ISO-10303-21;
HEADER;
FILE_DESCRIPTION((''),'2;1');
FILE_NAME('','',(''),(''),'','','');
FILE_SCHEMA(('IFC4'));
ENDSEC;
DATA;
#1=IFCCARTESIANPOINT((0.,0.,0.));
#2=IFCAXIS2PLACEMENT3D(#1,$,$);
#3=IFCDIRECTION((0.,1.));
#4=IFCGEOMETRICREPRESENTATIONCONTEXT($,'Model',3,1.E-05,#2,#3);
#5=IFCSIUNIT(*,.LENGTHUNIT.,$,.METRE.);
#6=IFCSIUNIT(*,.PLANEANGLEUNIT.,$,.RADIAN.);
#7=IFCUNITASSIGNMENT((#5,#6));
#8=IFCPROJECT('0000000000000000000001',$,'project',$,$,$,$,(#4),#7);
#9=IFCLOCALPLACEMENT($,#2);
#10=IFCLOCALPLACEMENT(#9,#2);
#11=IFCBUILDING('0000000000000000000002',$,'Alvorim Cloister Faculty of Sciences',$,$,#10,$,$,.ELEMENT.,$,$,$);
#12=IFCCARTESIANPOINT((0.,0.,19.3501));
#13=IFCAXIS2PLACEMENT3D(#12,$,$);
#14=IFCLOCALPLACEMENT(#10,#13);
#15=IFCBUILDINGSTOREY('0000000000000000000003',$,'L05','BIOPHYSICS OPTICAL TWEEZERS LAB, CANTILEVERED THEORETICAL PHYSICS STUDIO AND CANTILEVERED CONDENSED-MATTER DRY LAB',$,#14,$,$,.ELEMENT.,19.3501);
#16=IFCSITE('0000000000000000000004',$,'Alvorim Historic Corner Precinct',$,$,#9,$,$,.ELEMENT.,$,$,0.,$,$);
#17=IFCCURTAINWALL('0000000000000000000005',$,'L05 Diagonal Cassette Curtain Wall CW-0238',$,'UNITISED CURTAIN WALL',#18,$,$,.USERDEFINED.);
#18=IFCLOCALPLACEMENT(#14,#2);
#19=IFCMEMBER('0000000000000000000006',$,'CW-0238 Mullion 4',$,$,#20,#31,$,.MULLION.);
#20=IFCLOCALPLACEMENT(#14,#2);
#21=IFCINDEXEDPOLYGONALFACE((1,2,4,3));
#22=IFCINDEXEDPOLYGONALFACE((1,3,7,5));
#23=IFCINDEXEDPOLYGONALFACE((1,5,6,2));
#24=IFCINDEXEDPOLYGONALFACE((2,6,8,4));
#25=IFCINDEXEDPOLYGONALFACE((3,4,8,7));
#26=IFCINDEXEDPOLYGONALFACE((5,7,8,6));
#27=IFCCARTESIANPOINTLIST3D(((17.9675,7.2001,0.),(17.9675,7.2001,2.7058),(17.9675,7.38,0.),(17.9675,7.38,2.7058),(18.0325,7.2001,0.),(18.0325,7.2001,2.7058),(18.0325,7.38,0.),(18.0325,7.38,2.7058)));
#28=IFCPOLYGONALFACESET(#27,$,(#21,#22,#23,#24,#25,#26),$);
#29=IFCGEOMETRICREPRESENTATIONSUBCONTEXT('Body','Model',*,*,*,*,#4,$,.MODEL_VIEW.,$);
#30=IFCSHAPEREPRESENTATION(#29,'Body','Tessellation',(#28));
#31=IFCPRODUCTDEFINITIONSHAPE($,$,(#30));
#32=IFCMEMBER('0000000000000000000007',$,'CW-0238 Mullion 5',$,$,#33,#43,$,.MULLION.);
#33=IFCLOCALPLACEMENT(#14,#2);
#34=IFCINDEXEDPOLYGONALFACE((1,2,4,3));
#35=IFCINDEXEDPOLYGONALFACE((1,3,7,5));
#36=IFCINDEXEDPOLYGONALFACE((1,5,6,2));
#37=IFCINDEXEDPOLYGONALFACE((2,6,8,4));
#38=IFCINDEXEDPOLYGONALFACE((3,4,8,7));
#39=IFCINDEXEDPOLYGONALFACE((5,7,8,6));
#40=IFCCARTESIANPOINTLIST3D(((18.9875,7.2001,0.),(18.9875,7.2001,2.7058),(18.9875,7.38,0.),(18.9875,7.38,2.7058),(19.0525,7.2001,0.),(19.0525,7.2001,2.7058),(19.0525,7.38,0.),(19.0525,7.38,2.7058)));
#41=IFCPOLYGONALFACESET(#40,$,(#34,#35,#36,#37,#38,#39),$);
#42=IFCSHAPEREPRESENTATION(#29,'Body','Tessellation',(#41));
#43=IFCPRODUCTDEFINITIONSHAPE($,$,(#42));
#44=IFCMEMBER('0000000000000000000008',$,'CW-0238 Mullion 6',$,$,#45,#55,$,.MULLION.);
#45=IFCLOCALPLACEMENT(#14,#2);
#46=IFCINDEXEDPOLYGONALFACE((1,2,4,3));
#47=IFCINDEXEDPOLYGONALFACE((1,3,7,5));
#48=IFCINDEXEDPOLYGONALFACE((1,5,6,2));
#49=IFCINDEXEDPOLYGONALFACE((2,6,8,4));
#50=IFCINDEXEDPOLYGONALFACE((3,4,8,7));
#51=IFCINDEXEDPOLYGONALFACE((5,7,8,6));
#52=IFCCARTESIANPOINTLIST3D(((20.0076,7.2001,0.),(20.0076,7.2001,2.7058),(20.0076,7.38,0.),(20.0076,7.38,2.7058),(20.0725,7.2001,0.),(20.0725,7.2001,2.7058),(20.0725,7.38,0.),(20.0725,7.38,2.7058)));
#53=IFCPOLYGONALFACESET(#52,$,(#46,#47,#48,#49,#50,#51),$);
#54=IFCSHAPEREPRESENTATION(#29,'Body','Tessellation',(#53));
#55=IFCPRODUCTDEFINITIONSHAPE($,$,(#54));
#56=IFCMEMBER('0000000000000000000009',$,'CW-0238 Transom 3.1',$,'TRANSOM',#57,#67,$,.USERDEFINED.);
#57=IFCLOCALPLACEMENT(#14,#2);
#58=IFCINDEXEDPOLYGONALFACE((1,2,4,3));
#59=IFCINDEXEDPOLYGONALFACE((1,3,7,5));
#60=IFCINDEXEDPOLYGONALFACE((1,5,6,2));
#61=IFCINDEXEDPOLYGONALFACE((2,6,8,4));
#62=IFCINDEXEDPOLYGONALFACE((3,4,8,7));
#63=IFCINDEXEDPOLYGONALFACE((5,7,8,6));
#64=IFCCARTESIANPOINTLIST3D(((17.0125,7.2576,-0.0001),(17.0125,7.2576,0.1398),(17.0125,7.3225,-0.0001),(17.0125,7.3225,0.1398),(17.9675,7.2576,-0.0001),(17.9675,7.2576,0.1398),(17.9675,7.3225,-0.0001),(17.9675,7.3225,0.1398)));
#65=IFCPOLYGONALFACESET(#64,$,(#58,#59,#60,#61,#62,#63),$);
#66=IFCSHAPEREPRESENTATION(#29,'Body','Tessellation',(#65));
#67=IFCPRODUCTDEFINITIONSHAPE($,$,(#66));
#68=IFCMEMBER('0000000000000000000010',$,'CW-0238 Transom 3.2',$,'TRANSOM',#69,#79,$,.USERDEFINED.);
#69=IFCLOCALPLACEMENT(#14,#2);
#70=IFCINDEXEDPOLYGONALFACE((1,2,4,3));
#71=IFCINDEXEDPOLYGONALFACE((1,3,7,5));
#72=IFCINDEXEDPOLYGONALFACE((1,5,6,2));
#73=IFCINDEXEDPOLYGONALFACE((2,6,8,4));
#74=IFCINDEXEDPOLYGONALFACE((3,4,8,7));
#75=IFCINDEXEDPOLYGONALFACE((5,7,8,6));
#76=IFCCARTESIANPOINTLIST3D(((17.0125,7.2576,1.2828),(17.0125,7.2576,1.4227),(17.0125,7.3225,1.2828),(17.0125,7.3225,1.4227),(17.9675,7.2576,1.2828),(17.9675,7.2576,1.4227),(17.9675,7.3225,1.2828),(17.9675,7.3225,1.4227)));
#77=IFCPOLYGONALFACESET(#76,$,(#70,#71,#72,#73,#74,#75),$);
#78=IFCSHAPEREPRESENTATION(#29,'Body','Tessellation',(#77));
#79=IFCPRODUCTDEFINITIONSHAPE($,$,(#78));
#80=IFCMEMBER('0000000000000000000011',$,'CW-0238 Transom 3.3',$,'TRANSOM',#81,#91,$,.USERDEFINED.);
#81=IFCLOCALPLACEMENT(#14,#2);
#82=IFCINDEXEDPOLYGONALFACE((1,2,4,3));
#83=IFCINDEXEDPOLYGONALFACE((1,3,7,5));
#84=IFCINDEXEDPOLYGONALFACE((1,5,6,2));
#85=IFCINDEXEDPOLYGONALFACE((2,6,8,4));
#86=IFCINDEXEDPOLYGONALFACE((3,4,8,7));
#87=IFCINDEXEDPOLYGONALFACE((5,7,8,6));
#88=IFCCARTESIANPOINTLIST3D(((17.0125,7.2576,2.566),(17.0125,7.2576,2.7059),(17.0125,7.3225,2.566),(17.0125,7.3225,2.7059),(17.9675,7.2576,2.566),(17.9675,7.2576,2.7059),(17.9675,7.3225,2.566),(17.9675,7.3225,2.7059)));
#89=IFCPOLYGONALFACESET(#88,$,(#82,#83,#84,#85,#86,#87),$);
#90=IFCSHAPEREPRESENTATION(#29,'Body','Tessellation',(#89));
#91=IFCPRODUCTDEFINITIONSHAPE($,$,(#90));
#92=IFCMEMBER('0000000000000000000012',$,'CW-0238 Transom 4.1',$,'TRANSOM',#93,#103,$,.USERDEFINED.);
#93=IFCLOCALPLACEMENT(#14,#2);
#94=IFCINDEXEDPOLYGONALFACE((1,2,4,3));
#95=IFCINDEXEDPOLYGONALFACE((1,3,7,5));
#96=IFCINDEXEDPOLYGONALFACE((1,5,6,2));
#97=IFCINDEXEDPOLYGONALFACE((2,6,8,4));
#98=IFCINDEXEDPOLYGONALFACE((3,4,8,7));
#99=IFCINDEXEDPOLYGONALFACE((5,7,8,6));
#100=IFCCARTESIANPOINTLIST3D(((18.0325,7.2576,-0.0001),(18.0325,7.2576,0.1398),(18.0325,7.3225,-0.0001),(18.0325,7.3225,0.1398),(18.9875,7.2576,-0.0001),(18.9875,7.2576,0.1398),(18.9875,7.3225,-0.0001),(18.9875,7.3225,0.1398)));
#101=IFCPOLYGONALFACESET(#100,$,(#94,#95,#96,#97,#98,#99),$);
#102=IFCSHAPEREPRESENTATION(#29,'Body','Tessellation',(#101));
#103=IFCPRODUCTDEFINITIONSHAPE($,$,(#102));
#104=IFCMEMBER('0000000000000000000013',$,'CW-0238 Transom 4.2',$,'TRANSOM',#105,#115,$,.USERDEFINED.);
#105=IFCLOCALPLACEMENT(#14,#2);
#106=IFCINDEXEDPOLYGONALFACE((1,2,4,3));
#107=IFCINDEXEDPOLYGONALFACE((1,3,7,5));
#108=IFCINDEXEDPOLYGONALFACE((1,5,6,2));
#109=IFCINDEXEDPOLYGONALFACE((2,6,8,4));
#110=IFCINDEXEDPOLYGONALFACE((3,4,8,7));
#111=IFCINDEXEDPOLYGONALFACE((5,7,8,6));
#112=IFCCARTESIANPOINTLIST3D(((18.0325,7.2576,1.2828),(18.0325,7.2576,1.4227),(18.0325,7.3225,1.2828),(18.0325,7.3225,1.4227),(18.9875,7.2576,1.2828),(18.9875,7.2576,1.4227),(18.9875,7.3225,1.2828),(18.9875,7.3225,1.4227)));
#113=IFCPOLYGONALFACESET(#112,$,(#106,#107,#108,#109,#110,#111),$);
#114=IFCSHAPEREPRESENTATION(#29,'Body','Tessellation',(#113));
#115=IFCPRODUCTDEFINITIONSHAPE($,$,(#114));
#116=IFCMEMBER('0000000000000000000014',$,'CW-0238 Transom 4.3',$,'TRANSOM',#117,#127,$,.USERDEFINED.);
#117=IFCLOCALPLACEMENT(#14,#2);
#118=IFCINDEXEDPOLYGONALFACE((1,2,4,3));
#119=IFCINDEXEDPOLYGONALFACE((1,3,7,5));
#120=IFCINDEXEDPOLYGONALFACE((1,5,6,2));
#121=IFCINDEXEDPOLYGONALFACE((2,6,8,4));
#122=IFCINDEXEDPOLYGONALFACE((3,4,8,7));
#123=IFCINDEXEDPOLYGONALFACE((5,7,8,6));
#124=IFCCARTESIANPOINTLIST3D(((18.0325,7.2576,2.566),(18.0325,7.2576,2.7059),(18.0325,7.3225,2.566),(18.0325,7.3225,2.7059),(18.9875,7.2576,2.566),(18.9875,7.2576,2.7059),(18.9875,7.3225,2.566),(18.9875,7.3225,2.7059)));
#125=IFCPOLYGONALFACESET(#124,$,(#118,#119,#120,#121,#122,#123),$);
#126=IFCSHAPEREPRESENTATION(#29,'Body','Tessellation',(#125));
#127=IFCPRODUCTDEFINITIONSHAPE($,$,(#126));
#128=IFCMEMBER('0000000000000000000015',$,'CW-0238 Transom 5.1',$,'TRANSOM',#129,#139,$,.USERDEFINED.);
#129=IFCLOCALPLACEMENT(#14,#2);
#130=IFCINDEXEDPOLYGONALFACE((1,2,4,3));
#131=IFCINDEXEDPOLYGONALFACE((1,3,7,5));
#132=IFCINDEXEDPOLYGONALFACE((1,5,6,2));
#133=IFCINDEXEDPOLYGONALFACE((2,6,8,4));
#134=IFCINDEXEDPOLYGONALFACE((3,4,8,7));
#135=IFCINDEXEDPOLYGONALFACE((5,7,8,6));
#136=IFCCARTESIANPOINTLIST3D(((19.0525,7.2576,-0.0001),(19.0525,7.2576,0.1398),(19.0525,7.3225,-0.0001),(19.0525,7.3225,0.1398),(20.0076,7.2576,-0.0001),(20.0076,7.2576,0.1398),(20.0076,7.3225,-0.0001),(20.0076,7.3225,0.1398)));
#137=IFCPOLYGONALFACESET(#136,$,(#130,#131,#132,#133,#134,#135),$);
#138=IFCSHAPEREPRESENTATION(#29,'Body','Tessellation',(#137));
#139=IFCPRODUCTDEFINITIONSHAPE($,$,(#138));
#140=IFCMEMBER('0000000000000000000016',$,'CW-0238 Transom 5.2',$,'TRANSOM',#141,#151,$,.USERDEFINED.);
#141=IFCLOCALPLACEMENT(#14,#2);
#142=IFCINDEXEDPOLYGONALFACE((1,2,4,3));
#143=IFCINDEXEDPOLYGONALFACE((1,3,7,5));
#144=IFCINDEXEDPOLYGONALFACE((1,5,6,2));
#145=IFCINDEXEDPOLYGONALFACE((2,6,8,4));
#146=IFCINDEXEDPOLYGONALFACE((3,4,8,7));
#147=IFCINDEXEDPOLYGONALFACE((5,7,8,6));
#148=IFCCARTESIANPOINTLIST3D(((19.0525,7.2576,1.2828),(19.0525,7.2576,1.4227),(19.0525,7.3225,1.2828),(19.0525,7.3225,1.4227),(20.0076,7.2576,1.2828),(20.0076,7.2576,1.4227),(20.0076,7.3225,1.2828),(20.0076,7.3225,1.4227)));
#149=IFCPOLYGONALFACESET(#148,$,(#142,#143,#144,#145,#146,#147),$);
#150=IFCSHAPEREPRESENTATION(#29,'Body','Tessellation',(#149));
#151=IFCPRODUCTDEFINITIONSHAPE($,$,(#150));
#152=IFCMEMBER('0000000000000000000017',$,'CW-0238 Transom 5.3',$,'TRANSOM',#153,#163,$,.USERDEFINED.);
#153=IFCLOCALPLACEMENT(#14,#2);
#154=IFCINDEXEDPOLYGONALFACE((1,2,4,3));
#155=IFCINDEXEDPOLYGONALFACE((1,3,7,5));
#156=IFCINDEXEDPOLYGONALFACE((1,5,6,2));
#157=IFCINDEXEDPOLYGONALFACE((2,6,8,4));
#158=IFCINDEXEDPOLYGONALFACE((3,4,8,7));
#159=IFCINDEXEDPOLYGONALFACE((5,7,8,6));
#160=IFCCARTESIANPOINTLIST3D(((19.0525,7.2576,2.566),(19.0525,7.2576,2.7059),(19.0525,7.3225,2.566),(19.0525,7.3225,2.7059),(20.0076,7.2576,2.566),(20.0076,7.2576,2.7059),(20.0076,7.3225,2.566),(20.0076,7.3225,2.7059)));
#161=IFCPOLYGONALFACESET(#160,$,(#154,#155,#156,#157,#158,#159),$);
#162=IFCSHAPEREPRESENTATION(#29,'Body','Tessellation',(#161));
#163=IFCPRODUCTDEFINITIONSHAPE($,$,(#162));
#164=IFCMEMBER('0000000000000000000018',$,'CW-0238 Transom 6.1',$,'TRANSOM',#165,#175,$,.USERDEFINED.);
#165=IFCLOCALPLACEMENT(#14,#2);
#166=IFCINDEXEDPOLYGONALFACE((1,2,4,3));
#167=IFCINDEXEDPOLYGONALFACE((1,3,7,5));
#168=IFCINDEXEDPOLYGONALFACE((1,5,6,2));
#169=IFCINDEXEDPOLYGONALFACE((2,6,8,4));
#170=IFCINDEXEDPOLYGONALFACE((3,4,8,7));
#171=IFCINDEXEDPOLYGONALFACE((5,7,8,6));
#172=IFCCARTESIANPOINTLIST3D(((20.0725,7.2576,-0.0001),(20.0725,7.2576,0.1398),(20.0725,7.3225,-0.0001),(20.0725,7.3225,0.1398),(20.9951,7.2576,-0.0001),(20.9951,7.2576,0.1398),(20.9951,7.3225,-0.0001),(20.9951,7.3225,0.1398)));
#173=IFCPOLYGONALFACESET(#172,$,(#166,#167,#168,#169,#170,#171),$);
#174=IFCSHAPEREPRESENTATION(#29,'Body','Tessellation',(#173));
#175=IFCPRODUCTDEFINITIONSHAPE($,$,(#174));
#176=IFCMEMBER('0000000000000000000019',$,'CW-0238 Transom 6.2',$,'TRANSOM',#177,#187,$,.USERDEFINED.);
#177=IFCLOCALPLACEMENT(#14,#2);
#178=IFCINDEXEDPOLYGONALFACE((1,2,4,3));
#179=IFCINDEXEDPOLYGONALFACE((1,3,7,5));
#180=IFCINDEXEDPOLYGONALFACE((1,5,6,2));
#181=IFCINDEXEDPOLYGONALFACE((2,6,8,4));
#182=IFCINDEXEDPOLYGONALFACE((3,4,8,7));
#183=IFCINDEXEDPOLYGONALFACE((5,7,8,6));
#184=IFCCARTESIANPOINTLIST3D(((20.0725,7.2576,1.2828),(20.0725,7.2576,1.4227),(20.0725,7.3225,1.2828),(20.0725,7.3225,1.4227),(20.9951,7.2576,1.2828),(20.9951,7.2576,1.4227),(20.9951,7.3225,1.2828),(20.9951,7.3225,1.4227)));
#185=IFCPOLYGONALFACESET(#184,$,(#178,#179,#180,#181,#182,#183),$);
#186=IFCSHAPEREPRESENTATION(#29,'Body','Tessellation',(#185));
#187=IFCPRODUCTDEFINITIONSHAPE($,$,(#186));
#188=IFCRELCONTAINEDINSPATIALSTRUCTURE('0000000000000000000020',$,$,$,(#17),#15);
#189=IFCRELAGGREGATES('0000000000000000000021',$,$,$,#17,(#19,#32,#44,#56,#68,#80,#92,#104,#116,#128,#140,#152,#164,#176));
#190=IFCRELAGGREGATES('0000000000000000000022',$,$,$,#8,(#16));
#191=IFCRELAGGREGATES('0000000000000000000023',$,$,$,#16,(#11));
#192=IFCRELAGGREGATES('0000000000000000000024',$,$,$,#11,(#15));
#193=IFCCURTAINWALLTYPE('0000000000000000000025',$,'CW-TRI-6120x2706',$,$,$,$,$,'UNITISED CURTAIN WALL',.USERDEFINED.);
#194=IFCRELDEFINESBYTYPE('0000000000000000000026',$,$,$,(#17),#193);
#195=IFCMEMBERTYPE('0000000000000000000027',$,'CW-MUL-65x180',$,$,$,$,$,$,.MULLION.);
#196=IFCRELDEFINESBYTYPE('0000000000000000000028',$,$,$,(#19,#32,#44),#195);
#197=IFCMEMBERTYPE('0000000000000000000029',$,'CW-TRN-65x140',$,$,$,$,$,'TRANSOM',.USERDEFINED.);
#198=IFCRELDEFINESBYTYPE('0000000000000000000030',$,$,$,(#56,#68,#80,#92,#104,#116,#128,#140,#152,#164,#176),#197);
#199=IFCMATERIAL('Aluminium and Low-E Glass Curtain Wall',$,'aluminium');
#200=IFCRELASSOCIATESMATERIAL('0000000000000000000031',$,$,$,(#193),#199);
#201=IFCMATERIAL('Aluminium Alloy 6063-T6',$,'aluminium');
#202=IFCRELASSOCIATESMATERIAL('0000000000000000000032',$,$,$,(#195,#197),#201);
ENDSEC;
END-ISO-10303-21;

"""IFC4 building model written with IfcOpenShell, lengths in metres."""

from ifc_helpers import new_model, si_unit, direction, frame, origin, origin_2d, place, context, subcontext, project, spatial, rectangle, extrude, material, material_profile, profile_set, type_object, element, aggregate, save


model = new_model("IFC4")

# Units and contexts
model_context = context("Model", 3, precision=1e-05, world=origin(), true_north=direction((0.0, 1.0)))
body_context = subcontext(model_context, "Body", "Model", "MODEL_VIEW")
ifc_project = project(units=[si_unit("LENGTHUNIT", "METRE"), si_unit("PLANEANGLEUNIT", "RADIAN")], contexts=[model_context])

# Site, building, storey
site_placement = place(None, origin())
site = spatial("IfcSite", under=ifc_project, at=site_placement, Name="Alvorim Historic Corner Precinct", CompositionType="ELEMENT", RefElevation=0.0)
building_placement = place(site_placement, origin())
building = spatial("IfcBuilding", under=site, at=building_placement, Name="Alvorim Cloister Faculty of Sciences", CompositionType="ELEMENT")
storey_placement = place(building_placement, frame((0.0, 0.0, 19.3501)))
storey = spatial("IfcBuildingStorey", under=building, at=storey_placement, Name="L05", Description="BIOPHYSICS OPTICAL TWEEZERS LAB, CANTILEVERED THEORETICAL PHYSICS STUDIO AND CANTILEVERED CONDENSED-MATTER DRY LAB", CompositionType="ELEMENT", Elevation=19.3501)

# Curtain wall, members
ifc_material_1 = material(Name="Aluminium and Low-E Glass Curtain Wall", Category="aluminium")
curtain_wall_type = type_object("IfcCurtainWallType", Name="CW-TRI-6120x2706", ElementType="UNITISED CURTAIN WALL", PredefinedType="USERDEFINED", material=ifc_material_1)
curtain_wall_placement = place(storey_placement, origin())
curtain_wall = element("IfcCurtainWall", 1, at=curtain_wall_placement, inside=storey, type_object=curtain_wall_type, Name="L05 Diagonal Cassette Curtain Wall CW-0238", ObjectType="UNITISED CURTAIN WALL", PredefinedType="USERDEFINED")
ifc_material_2 = material(Name="Aluminium Alloy 6063-T6", Category="aluminium")
ifc_material_profile_1 = material_profile(ifc_material_2, rectangle(XDim=0.0649, YDim=0.1799, at=origin_2d()), Name="ALU-MUL-65x180")
ifc_profile_set_1 = profile_set([ifc_material_profile_1], Name="Aluminium Alloy 6063-T6")
member_type_1 = type_object("IfcMemberType", Name="CW-MUL-65x180", PredefinedType="MULLION", material=ifc_profile_set_1)
member_1_placement = place(storey_placement, frame((18.0, 7.29, 0.0), z_axis=(0.0, 0.0, 1.0), x_axis=(1.0, 0.0, 0.0)))
member_1 = element("IfcMember", 2, at=member_1_placement, type_object=member_type_1, Name="CW-0238 Mullion 4", PredefinedType="MULLION", context=body_context, shape_type="SweptSolid", body=[
    extrude(rectangle(XDim=0.0649, YDim=0.1799, at=origin_2d()), origin(), (0.0, 0.0, 1.0), 2.7058),
])
member_2_placement = place(storey_placement, frame((19.02, 7.29, 0.0), z_axis=(0.0, 0.0, 1.0), x_axis=(1.0, 0.0, 0.0)))
member_2 = element("IfcMember", 3, at=member_2_placement, type_object=member_type_1, Name="CW-0238 Mullion 5", PredefinedType="MULLION", context=body_context, shape_type="SweptSolid", body=[
    extrude(rectangle(XDim=0.0649, YDim=0.1799, at=origin_2d()), origin(), (0.0, 0.0, 1.0), 2.7058),
])
member_3_placement = place(storey_placement, frame((20.04, 7.29, 0.0), z_axis=(0.0, 0.0, 1.0), x_axis=(1.0, 0.0, 0.0)))
member_3 = element("IfcMember", 4, at=member_3_placement, type_object=member_type_1, Name="CW-0238 Mullion 6", PredefinedType="MULLION", context=body_context, shape_type="SweptSolid", body=[
    extrude(rectangle(XDim=0.0649, YDim=0.1799, at=origin_2d()), origin(), (0.0, 0.0, 1.0), 2.7058),
])
ifc_material_profile_2 = material_profile(ifc_material_2, rectangle(XDim=0.0649, YDim=0.1399, at=origin_2d()), Name="ALU-TRN-65x140")
ifc_profile_set_2 = profile_set([ifc_material_profile_2], Name="Aluminium Alloy 6063-T6")
member_type_2 = type_object("IfcMemberType", Name="CW-TRN-65x140", ElementType="TRANSOM", PredefinedType="USERDEFINED", material=ifc_profile_set_2)
member_4_placement = place(storey_placement, frame((17.0125, 7.29, 0.0698), z_axis=(1.0, 0.0, 0.0), x_axis=(0.0, 1.0, 0.0)))
member_4 = element("IfcMember", 5, at=member_4_placement, type_object=member_type_2, Name="CW-0238 Transom 3.1", ObjectType="TRANSOM", PredefinedType="USERDEFINED", context=body_context, shape_type="SweptSolid", body=[
    extrude(rectangle(XDim=0.0649, YDim=0.1399, at=origin_2d()), origin(), (0.0, 0.0, 1.0), 0.9551),
])
member_5_placement = place(storey_placement, frame((17.0125, 7.29, 1.3528), z_axis=(1.0, 0.0, 0.0), x_axis=(0.0, 1.0, 0.0)))
member_5 = element("IfcMember", 6, at=member_5_placement, type_object=member_type_2, Name="CW-0238 Transom 3.2", ObjectType="TRANSOM", PredefinedType="USERDEFINED", context=body_context, shape_type="SweptSolid", body=[
    extrude(rectangle(XDim=0.0649, YDim=0.1399, at=origin_2d()), origin(), (0.0, 0.0, 1.0), 0.9551),
])
member_6_placement = place(storey_placement, frame((17.0125, 7.29, 2.636), z_axis=(1.0, 0.0, 0.0), x_axis=(0.0, 1.0, 0.0)))
member_6 = element("IfcMember", 7, at=member_6_placement, type_object=member_type_2, Name="CW-0238 Transom 3.3", ObjectType="TRANSOM", PredefinedType="USERDEFINED", context=body_context, shape_type="SweptSolid", body=[
    extrude(rectangle(XDim=0.0649, YDim=0.1399, at=origin_2d()), origin(), (0.0, 0.0, 1.0), 0.9551),
])
member_7_placement = place(storey_placement, frame((18.0325, 7.29, 0.0698), z_axis=(1.0, 0.0, 0.0), x_axis=(0.0, 1.0, 0.0)))
member_7 = element("IfcMember", 8, at=member_7_placement, type_object=member_type_2, Name="CW-0238 Transom 4.1", ObjectType="TRANSOM", PredefinedType="USERDEFINED", context=body_context, shape_type="SweptSolid", body=[
    extrude(rectangle(XDim=0.0649, YDim=0.1399, at=origin_2d()), origin(), (0.0, 0.0, 1.0), 0.9551),
])
member_8_placement = place(storey_placement, frame((18.0325, 7.29, 1.3528), z_axis=(1.0, 0.0, 0.0), x_axis=(0.0, 1.0, 0.0)))
member_8 = element("IfcMember", 9, at=member_8_placement, type_object=member_type_2, Name="CW-0238 Transom 4.2", ObjectType="TRANSOM", PredefinedType="USERDEFINED", context=body_context, shape_type="SweptSolid", body=[
    extrude(rectangle(XDim=0.0649, YDim=0.1399, at=origin_2d()), origin(), (0.0, 0.0, 1.0), 0.9551),
])
member_9_placement = place(storey_placement, frame((18.0325, 7.29, 2.636), z_axis=(1.0, 0.0, 0.0), x_axis=(0.0, 1.0, 0.0)))
member_9 = element("IfcMember", 10, at=member_9_placement, type_object=member_type_2, Name="CW-0238 Transom 4.3", ObjectType="TRANSOM", PredefinedType="USERDEFINED", context=body_context, shape_type="SweptSolid", body=[
    extrude(rectangle(XDim=0.0649, YDim=0.1399, at=origin_2d()), origin(), (0.0, 0.0, 1.0), 0.9551),
])
member_10_placement = place(storey_placement, frame((19.0525, 7.29, 0.0698), z_axis=(1.0, 0.0, 0.0), x_axis=(0.0, 1.0, 0.0)))
member_10 = element("IfcMember", 11, at=member_10_placement, type_object=member_type_2, Name="CW-0238 Transom 5.1", ObjectType="TRANSOM", PredefinedType="USERDEFINED", context=body_context, shape_type="SweptSolid", body=[
    extrude(rectangle(XDim=0.0649, YDim=0.1399, at=origin_2d()), origin(), (0.0, 0.0, 1.0), 0.9551),
])
member_11_placement = place(storey_placement, frame((19.0525, 7.29, 1.3528), z_axis=(1.0, 0.0, 0.0), x_axis=(0.0, 1.0, 0.0)))
member_11 = element("IfcMember", 12, at=member_11_placement, type_object=member_type_2, Name="CW-0238 Transom 5.2", ObjectType="TRANSOM", PredefinedType="USERDEFINED", context=body_context, shape_type="SweptSolid", body=[
    extrude(rectangle(XDim=0.0649, YDim=0.1399, at=origin_2d()), origin(), (0.0, 0.0, 1.0), 0.9551),
])
member_12_placement = place(storey_placement, frame((19.0525, 7.29, 2.636), z_axis=(1.0, 0.0, 0.0), x_axis=(0.0, 1.0, 0.0)))
member_12 = element("IfcMember", 13, at=member_12_placement, type_object=member_type_2, Name="CW-0238 Transom 5.3", ObjectType="TRANSOM", PredefinedType="USERDEFINED", context=body_context, shape_type="SweptSolid", body=[
    extrude(rectangle(XDim=0.0649, YDim=0.1399, at=origin_2d()), origin(), (0.0, 0.0, 1.0), 0.9551),
])
member_13_placement = place(storey_placement, frame((20.0725, 7.29, 0.0698), z_axis=(1.0, 0.0, 0.0), x_axis=(0.0, 1.0, 0.0)))
member_13 = element("IfcMember", 14, at=member_13_placement, type_object=member_type_2, Name="CW-0238 Transom 6.1", ObjectType="TRANSOM", PredefinedType="USERDEFINED", context=body_context, shape_type="SweptSolid", body=[
    extrude(rectangle(XDim=0.0649, YDim=0.1399, at=origin_2d()), origin(), (0.0, 0.0, 1.0), 0.9226),
])
member_14_placement = place(storey_placement, frame((20.0725, 7.29, 1.3528), z_axis=(1.0, 0.0, 0.0), x_axis=(0.0, 1.0, 0.0)))
member_14 = element("IfcMember", 15, at=member_14_placement, type_object=member_type_2, Name="CW-0238 Transom 6.2", ObjectType="TRANSOM", PredefinedType="USERDEFINED", context=body_context, shape_type="SweptSolid", body=[
    extrude(rectangle(XDim=0.0649, YDim=0.1399, at=origin_2d()), origin(), (0.0, 0.0, 1.0), 0.9226),
])
aggregate(curtain_wall, [member_1, member_2, member_3, member_4, member_5, member_6, member_7, member_8, member_9, member_10, member_11, member_12, member_13, member_14])

save(model, "model.ifc")
